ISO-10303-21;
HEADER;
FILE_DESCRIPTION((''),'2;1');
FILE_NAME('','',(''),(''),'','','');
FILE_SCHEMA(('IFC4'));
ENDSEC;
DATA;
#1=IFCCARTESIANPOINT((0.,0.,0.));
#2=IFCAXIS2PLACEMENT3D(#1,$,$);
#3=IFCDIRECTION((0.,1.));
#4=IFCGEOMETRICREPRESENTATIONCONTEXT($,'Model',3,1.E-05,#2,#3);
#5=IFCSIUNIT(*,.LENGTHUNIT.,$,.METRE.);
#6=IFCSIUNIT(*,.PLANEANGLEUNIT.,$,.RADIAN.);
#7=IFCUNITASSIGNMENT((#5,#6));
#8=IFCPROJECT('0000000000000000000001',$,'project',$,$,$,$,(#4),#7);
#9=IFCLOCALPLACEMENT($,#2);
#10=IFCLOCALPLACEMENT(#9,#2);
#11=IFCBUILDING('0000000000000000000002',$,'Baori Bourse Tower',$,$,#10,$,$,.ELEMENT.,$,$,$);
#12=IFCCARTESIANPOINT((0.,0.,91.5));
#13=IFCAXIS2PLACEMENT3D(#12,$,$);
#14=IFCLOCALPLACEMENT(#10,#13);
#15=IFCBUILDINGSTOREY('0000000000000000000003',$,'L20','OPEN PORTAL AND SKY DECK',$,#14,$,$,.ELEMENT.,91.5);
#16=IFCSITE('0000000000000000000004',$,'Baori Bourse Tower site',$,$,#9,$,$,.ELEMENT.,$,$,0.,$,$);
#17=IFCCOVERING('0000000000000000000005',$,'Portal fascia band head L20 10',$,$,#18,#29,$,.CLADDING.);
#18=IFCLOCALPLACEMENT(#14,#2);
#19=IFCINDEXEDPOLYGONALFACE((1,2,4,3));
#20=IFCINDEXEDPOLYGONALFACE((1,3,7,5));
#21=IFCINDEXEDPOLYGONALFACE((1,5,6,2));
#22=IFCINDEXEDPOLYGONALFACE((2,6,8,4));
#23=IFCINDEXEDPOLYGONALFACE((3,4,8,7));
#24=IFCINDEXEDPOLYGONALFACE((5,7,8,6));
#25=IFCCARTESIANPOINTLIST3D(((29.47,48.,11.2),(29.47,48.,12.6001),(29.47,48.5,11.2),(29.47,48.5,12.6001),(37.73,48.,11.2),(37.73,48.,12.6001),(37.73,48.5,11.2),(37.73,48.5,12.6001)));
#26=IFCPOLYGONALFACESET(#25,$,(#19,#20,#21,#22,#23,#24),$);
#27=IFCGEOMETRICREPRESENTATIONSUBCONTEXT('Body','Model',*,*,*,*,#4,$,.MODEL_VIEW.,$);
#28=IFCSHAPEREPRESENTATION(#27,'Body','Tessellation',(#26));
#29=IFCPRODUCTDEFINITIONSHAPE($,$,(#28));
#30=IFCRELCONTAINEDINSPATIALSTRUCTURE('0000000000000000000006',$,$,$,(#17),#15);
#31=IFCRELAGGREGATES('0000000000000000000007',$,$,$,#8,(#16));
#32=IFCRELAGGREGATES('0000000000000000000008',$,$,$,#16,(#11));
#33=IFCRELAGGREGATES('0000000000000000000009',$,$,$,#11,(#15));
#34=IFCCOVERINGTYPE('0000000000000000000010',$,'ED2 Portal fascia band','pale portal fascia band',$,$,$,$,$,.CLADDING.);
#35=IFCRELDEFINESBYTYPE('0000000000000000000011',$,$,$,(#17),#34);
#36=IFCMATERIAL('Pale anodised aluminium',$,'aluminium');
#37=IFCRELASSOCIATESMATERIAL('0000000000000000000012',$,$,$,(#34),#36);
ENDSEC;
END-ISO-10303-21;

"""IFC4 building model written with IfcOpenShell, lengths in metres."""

from ifc_helpers import new_model, si_unit, direction, frame, origin, place, context, subcontext, project, spatial, polyline, outline, extrude, material, type_object, element, save


model = new_model("IFC4")

# Units and contexts
model_context = context("Model", 3, precision=1e-05, world=origin(), true_north=direction((0.0, 1.0)))
body_context = subcontext(model_context, "Body", "Model", "MODEL_VIEW")
ifc_project = project(units=[si_unit("LENGTHUNIT", "METRE"), si_unit("PLANEANGLEUNIT", "RADIAN")], contexts=[model_context])

# Site, building, storey
site_placement = place(None, origin())
site = spatial("IfcSite", under=ifc_project, at=site_placement, Name="Baori Bourse Tower site", CompositionType="ELEMENT", RefElevation=0.0)
building_placement = place(site_placement, origin())
building = spatial("IfcBuilding", under=site, at=building_placement, Name="Baori Bourse Tower", CompositionType="ELEMENT")
storey_placement = place(building_placement, frame((0.0, 0.0, 91.5)))
storey = spatial("IfcBuildingStorey", under=building, at=storey_placement, Name="L20", Description="OPEN PORTAL AND SKY DECK", CompositionType="ELEMENT", Elevation=91.5)

# Covering
ifc_material_1 = material(Name="Pale anodised aluminium", Category="aluminium")
covering_type = type_object("IfcCoveringType", Name="ED2 Portal fascia band", Description="pale portal fascia band", PredefinedType="CLADDING", material=ifc_material_1)
covering_1_placement = place(storey_placement, frame((0.0, 0.0, 11.2)))
element("IfcCovering", 1, at=covering_1_placement, inside=storey, type_object=covering_type, Name="Portal fascia band head L20 10", PredefinedType="CLADDING", context=body_context, shape_type="SweptSolid", body=[
    extrude(outline(polyline([(29.47, 48.0), (37.73, 48.0), (37.73, 48.5), (29.47, 48.5), (29.47, 48.0)])), origin(), (0.0, 0.0, 1.0), 1.4001),
])

save(model, "model.ifc")
